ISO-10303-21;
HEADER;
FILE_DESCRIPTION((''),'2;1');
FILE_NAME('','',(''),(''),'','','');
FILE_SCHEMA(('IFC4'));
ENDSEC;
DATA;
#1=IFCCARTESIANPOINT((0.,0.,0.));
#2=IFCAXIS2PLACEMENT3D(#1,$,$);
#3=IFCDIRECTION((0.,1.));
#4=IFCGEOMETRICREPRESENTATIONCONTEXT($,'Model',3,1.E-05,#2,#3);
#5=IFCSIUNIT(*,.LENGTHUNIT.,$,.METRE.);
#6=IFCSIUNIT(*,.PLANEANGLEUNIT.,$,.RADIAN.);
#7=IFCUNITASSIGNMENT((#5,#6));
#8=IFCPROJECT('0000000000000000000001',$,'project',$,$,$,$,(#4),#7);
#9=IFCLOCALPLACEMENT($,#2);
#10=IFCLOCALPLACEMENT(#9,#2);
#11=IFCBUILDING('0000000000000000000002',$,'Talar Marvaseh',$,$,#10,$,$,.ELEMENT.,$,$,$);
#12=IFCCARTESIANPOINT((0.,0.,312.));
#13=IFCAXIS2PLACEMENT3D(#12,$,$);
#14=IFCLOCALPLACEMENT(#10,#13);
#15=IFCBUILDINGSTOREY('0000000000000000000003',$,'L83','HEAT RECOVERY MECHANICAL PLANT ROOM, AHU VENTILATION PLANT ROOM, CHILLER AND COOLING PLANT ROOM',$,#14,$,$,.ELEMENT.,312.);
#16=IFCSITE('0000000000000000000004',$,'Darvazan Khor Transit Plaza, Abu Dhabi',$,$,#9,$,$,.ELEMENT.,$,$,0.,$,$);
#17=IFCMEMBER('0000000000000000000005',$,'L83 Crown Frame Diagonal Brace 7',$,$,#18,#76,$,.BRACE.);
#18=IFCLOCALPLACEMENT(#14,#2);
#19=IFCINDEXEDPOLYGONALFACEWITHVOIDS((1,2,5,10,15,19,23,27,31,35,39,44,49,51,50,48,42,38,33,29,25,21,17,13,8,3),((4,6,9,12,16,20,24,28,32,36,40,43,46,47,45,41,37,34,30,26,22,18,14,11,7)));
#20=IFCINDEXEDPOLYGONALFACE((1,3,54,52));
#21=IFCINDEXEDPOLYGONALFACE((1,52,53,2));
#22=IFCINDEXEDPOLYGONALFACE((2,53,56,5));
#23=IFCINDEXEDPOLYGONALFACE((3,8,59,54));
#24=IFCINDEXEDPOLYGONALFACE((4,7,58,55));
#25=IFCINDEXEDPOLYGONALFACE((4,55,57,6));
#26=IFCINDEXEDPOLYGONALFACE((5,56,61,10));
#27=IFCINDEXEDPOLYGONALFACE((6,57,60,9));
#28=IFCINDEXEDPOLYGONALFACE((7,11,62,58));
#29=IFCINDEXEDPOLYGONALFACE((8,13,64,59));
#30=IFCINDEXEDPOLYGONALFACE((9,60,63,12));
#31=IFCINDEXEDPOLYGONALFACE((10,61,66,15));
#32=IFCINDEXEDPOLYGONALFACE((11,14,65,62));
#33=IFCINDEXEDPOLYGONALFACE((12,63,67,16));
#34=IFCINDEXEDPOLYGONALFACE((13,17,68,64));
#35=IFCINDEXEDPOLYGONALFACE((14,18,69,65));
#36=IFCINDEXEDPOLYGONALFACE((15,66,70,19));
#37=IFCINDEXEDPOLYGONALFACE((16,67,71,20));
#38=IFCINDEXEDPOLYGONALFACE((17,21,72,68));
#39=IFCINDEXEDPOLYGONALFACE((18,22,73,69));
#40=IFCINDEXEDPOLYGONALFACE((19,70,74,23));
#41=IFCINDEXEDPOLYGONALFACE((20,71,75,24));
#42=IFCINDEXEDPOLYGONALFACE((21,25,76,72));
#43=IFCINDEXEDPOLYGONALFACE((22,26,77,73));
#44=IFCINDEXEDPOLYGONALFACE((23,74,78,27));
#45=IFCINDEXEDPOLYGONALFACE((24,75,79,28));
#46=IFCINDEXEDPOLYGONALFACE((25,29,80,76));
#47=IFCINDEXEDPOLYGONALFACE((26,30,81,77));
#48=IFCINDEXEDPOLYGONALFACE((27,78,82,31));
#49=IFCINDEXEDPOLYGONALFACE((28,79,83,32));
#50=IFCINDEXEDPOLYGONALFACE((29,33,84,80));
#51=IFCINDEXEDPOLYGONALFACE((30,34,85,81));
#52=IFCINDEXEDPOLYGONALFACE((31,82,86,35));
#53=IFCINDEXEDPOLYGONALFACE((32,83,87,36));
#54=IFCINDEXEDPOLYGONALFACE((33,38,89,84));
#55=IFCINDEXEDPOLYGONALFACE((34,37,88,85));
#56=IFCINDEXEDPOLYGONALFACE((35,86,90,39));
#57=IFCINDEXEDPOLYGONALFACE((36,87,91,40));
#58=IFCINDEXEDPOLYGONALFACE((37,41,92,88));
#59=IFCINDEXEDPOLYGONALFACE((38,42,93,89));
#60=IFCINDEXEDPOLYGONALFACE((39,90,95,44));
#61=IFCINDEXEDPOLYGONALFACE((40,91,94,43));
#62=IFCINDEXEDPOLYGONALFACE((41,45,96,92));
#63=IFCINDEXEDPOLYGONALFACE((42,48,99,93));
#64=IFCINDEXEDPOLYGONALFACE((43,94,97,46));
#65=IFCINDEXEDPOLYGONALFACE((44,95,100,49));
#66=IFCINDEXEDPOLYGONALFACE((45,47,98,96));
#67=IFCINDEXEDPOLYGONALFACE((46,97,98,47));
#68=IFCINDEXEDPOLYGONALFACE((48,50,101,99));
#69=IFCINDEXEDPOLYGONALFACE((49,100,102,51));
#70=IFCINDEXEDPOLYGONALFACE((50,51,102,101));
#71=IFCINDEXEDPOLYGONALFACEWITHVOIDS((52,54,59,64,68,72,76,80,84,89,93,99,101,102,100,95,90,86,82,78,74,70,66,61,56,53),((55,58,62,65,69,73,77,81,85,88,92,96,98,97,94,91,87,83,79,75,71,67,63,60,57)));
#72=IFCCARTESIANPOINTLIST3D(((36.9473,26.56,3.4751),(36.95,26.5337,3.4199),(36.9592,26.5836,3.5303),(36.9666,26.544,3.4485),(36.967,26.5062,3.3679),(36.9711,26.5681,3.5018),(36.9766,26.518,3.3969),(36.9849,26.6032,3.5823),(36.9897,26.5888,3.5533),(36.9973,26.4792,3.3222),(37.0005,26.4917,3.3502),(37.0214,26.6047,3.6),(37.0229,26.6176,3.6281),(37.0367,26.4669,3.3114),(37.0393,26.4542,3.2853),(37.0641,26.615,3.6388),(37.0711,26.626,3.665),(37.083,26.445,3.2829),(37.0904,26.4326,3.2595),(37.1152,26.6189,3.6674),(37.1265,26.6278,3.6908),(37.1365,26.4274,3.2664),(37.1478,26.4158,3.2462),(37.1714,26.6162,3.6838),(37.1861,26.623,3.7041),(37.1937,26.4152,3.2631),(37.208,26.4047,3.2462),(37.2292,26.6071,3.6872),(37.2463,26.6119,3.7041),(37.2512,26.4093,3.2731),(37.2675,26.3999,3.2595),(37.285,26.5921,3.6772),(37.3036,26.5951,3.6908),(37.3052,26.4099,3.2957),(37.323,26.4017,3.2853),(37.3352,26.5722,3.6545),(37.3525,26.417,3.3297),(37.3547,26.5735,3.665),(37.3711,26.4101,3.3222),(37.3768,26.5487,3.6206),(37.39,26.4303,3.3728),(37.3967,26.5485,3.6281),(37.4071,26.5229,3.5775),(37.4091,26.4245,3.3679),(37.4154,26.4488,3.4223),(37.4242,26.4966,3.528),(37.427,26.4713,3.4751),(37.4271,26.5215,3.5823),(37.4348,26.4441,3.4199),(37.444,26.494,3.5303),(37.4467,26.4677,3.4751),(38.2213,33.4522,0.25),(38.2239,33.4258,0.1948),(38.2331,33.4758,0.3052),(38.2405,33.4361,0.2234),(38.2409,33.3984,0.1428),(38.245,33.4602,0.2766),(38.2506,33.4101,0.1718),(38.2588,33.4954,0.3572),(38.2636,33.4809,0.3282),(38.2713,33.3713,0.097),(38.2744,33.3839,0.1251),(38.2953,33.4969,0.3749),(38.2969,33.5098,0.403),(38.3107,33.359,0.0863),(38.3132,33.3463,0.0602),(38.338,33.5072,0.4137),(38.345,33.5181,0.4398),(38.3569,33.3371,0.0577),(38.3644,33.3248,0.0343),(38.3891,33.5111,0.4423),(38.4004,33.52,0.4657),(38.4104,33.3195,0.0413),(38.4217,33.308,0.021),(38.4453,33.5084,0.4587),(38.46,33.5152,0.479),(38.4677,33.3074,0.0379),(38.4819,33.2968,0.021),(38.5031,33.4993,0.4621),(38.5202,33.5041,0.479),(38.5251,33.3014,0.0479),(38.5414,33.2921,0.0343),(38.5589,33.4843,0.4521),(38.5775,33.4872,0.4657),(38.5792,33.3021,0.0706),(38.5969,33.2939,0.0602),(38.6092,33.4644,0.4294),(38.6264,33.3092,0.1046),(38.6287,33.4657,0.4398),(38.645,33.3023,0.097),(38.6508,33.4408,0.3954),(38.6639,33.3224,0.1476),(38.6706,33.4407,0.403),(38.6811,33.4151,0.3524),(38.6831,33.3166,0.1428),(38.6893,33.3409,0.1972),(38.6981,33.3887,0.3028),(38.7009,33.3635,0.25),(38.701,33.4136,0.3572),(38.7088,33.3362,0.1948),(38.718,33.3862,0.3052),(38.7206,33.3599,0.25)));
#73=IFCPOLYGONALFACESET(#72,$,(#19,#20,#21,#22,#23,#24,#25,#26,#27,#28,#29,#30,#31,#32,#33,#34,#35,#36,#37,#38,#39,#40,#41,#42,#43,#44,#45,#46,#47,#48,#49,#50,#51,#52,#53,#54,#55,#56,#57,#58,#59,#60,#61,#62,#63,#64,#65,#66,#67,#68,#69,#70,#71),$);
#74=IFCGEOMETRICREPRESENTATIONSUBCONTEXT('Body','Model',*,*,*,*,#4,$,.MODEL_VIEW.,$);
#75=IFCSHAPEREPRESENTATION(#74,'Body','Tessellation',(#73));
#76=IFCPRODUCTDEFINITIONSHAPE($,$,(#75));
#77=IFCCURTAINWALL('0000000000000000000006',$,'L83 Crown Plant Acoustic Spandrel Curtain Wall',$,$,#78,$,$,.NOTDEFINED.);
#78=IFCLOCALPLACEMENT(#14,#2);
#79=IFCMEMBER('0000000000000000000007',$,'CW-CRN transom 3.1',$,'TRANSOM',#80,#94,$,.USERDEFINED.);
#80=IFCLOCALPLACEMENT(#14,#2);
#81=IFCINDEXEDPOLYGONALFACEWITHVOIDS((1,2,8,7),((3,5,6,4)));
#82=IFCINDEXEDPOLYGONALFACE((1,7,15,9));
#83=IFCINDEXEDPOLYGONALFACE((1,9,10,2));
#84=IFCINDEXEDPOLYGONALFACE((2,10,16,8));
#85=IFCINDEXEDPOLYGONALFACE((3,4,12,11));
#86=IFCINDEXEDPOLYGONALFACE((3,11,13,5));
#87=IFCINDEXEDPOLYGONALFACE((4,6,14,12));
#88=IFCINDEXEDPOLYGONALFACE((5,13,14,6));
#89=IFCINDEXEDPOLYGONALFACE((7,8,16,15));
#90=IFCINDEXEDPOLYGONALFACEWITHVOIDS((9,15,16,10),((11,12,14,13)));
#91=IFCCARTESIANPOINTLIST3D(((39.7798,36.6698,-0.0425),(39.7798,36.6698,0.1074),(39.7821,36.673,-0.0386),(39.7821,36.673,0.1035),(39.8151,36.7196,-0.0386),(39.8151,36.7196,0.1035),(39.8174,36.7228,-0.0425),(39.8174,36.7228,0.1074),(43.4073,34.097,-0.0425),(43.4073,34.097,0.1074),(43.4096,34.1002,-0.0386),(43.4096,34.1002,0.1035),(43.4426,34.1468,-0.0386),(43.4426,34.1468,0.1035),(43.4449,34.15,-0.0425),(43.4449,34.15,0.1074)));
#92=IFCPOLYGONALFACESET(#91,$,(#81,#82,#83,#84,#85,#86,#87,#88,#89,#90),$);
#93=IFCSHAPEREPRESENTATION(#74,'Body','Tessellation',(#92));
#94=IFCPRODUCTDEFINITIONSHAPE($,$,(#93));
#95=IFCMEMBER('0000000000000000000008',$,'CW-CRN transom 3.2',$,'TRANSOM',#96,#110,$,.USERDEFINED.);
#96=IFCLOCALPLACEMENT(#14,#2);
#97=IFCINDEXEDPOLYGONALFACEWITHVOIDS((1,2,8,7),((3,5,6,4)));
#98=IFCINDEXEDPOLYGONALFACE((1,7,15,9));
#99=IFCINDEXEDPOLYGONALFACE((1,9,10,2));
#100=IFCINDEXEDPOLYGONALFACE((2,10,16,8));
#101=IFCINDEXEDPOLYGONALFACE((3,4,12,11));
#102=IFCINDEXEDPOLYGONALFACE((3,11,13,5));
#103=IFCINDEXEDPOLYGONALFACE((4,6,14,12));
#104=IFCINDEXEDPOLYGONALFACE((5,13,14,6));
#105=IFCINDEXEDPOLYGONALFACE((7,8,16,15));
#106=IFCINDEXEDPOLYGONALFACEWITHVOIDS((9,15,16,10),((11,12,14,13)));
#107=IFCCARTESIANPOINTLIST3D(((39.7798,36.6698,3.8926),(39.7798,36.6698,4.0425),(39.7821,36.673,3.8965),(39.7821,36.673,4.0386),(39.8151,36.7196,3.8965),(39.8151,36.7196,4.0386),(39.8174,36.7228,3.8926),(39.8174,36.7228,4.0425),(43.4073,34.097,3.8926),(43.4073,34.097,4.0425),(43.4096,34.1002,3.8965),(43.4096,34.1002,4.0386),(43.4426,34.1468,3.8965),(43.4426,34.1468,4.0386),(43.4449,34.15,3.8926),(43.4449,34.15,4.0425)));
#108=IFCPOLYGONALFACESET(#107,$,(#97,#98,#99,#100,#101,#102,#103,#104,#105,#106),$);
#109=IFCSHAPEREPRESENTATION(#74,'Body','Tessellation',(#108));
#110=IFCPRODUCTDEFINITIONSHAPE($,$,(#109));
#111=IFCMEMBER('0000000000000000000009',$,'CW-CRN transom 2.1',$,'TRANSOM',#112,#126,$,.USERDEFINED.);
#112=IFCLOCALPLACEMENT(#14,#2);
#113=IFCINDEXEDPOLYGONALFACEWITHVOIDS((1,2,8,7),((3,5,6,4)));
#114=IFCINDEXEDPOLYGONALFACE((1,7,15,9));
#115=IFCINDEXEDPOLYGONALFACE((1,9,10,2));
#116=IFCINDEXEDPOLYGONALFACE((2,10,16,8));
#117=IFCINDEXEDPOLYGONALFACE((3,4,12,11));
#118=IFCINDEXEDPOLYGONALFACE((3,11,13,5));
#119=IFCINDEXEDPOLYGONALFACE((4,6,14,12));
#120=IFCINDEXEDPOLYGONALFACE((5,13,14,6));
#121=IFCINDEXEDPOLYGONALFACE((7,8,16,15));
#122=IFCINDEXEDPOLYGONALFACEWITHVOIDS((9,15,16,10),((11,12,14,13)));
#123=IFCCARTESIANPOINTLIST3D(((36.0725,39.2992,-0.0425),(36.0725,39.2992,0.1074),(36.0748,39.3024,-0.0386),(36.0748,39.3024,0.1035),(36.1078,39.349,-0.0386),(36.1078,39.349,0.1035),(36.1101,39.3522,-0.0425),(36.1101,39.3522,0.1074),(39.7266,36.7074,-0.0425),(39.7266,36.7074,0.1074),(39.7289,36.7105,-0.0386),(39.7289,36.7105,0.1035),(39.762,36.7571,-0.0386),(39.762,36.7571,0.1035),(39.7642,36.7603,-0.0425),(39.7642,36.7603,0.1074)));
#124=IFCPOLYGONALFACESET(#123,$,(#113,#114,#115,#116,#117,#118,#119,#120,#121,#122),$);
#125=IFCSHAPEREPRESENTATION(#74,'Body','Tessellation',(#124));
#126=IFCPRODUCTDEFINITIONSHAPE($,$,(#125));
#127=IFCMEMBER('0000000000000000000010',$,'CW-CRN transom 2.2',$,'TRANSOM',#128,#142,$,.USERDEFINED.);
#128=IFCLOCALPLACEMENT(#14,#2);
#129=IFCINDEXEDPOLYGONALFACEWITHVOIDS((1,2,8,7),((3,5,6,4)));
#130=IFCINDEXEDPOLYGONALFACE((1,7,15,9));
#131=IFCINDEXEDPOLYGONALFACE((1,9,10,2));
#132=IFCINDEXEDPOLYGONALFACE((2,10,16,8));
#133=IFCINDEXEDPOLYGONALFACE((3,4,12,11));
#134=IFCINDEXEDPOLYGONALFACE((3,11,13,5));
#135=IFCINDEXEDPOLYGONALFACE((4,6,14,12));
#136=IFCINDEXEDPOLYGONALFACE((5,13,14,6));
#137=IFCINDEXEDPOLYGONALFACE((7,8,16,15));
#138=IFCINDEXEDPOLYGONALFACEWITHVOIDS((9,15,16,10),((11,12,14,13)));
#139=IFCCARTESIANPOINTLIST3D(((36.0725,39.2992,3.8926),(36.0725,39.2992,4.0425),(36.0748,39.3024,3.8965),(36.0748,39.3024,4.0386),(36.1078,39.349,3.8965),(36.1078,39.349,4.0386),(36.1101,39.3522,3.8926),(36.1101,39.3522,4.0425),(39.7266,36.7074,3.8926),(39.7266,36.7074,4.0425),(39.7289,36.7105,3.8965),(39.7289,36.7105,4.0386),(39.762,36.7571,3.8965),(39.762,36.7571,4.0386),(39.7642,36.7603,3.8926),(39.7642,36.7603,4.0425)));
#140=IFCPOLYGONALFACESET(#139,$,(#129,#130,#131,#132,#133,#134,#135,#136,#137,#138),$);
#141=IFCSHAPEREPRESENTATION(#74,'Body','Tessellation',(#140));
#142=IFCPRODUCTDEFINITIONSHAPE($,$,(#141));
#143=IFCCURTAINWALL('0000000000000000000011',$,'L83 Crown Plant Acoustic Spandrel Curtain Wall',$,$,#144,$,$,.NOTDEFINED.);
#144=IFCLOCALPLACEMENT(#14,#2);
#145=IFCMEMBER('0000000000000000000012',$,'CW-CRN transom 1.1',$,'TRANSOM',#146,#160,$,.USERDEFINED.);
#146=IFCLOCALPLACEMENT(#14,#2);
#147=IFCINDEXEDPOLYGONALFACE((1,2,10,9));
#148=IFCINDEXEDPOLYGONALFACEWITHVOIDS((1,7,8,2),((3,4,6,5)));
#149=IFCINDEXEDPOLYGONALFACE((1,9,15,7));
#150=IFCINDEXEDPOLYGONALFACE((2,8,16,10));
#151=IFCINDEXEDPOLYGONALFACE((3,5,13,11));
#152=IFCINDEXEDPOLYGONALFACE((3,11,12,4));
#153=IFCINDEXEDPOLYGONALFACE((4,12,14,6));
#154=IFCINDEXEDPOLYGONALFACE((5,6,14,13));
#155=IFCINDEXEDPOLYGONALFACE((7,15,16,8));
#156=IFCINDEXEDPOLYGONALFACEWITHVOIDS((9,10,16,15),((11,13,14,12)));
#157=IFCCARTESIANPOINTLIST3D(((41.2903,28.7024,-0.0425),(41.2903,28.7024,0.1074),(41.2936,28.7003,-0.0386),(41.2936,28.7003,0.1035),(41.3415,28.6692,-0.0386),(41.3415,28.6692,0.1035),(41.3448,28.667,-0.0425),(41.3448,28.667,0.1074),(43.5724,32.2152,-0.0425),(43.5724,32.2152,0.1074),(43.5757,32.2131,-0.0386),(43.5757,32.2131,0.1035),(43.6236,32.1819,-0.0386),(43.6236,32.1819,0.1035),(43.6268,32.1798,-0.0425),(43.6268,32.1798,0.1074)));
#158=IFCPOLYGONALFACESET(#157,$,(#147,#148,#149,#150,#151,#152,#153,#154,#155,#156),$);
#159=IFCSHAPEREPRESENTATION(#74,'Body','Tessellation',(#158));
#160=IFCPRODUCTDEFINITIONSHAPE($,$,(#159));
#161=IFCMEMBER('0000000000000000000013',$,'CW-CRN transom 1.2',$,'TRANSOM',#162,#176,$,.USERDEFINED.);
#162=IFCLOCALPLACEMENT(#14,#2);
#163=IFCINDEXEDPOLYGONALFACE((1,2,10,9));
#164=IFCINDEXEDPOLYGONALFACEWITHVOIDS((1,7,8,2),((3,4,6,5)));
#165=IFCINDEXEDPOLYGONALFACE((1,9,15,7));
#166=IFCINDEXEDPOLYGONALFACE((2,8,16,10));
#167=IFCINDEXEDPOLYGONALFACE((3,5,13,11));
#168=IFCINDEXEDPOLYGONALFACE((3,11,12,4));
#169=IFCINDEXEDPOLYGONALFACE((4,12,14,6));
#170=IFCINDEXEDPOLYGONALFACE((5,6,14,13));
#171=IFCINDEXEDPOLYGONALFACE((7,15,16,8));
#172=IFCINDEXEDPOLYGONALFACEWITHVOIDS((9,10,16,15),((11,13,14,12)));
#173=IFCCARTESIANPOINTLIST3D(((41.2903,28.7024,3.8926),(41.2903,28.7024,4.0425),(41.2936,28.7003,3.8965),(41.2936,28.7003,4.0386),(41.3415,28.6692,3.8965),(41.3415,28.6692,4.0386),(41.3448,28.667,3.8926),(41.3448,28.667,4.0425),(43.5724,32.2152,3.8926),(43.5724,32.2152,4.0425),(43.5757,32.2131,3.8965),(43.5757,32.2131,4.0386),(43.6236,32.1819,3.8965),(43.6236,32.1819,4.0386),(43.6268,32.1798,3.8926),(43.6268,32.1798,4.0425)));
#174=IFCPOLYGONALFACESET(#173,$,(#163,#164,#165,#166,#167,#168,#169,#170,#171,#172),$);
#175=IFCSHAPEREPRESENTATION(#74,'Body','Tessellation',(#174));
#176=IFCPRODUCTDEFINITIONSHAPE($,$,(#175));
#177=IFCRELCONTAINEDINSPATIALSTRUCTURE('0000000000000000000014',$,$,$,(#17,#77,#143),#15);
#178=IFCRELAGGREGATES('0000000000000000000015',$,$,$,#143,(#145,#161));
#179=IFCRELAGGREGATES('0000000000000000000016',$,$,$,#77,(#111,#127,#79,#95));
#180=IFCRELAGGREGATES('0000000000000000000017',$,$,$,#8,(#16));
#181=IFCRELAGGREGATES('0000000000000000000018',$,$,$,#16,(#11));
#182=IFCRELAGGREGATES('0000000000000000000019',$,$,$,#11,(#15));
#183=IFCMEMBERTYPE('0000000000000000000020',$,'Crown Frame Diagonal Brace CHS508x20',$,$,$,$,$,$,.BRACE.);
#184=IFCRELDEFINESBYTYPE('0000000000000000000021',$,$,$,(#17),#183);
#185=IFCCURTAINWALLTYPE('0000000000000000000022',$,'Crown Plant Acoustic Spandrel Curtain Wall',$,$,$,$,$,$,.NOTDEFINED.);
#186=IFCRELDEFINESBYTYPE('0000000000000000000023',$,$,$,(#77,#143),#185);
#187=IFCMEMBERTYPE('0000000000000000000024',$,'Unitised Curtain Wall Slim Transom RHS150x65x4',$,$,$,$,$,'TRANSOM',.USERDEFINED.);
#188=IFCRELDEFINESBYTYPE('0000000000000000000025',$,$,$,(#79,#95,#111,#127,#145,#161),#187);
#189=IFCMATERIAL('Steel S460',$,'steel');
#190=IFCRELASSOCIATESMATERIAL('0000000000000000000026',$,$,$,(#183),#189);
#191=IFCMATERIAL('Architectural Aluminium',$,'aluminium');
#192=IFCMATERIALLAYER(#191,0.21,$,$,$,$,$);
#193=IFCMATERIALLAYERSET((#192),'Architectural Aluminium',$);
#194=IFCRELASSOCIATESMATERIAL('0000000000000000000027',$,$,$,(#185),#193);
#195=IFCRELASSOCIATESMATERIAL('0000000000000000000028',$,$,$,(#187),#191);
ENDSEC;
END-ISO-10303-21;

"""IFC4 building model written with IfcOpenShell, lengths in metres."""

from ifc_helpers import new_model, si_unit, direction, frame, origin, origin_2d, place, context, subcontext, project, spatial, hollow_rectangle, hollow_circle, extrude, source, transform, mapped, material, layer, layer_set, material_profile, profile_set, type_object, type_shapes, element, aggregate, save


model = new_model("IFC4")

# Units and contexts
model_context = context("Model", 3, precision=1e-05, world=origin(), true_north=direction((0.0, 1.0)))
body_context = subcontext(model_context, "Body", "Model", "MODEL_VIEW")
ifc_project = project(units=[si_unit("LENGTHUNIT", "METRE"), si_unit("PLANEANGLEUNIT", "RADIAN")], contexts=[model_context])

# Site, building, storey
site_placement = place(None, origin())
site = spatial("IfcSite", under=ifc_project, at=site_placement, Name="Darvazan Khor Transit Plaza, Abu Dhabi", CompositionType="ELEMENT", RefElevation=0.0)
building_placement = place(site_placement, origin())
building = spatial("IfcBuilding", under=site, at=building_placement, Name="Talar Marvaseh", CompositionType="ELEMENT")
storey_placement = place(building_placement, frame((0.0, 0.0, 312.0)))
storey = spatial("IfcBuildingStorey", under=building, at=storey_placement, Name="L83", Description="HEAT RECOVERY MECHANICAL PLANT ROOM, AHU VENTILATION PLANT ROOM, CHILLER AND COOLING PLANT ROOM", CompositionType="ELEMENT", Elevation=312.0)

# Shared definitions
ifc_material_1 = material(Name="Steel S460", Category="steel")

# Member
ifc_material_profile_1 = material_profile(ifc_material_1, hollow_circle(Radius=0.2539, WallThickness=0.02, at=origin_2d()), Name="CHS508x20")
ifc_profile_set_1 = profile_set([ifc_material_profile_1], Name="Steel S460")
member_type_1 = type_object("IfcMemberType", Name="Crown Frame Diagonal Brace CHS508x20", PredefinedType="BRACE", material=ifc_profile_set_1)
shared_shape_1 = source(origin(), body_context, "Body", "SweptSolid", [
    extrude(hollow_circle(Radius=0.2539, WallThickness=0.02, at=origin_2d()), origin(), (0.0, 0.0, 1.0), 7.7153),
])
type_shapes(member_type_1, [shared_shape_1])
member_1_placement = place(storey_placement, frame((38.4709, 33.406, 0.25), z_axis=(-0.165118, -0.893308, 0.418016), x_axis=(0.983343, -0.18176, 0.0)))
element("IfcMember", 1, at=member_1_placement, inside=storey, type_object=member_type_1, Name="L83 Crown Frame Diagonal Brace 7", PredefinedType="BRACE", context=body_context, shape_type="MappedRepresentation", body=[
    mapped(shared_shape_1, transform((0.0, 0.0, 0.0), x_axis=(1.0, 0.0, 0.0), y_axis=(0.0, 1.0, 0.0), z_axis=(0.0, 0.0, 1.0), scale=1.0)),
])

# Curtain walls, members
ifc_material_2 = material(Name="Architectural Aluminium", Category="aluminium")
ifc_layer_1 = layer(ifc_material_2, 0.21)
ifc_layer_set_1 = layer_set([ifc_layer_1], Name="Architectural Aluminium")
curtain_wall_type = type_object("IfcCurtainWallType", Name="Crown Plant Acoustic Spandrel Curtain Wall", PredefinedType="NOTDEFINED", material=ifc_layer_set_1)
curtain_wall_1_placement = place(storey_placement, origin())
curtain_wall_1 = element("IfcCurtainWall", 2, at=curtain_wall_1_placement, inside=storey, type_object=curtain_wall_type, Name="L83 Crown Plant Acoustic Spandrel Curtain Wall", PredefinedType="NOTDEFINED")
ifc_material_profile_2 = material_profile(ifc_material_2, hollow_rectangle(XDim=0.0649, YDim=0.1499, WallThickness=0.0039, at=origin_2d()), Name="RHS150x65x4")
ifc_profile_set_2 = profile_set([ifc_material_profile_2], Name="Architectural Aluminium")
member_type_2 = type_object("IfcMemberType", Name="Unitised Curtain Wall Slim Transom RHS150x65x4", ElementType="TRANSOM", PredefinedType="USERDEFINED", material=ifc_profile_set_2)
shared_shape_2 = source(origin(), body_context, "Body", "SweptSolid", [
    extrude(hollow_rectangle(XDim=0.0649, YDim=0.1499, WallThickness=0.0039, at=origin_2d()), origin(), (0.0, 0.0, 1.0), 4.4473),
])
member_2_placement = place(storey_placement, frame((39.7986, 36.6963, 0.0325), z_axis=(0.815673, -0.578514, 0.0), x_axis=(0.578514, 0.815673, 0.0)))
member_2 = element("IfcMember", 3, at=member_2_placement, type_object=member_type_2, Name="CW-CRN transom 3.1", ObjectType="TRANSOM", PredefinedType="USERDEFINED", context=body_context, shape_type="MappedRepresentation", body=[
    mapped(shared_shape_2, transform((0.0, 0.0, 0.0), x_axis=(1.0, 0.0, 0.0), y_axis=(0.0, 1.0, 0.0), z_axis=(0.0, 0.0, 1.0), scale=1.0)),
])
member_3_placement = place(storey_placement, frame((39.7986, 36.6963, 3.9675), z_axis=(0.815673, -0.578514, 0.0), x_axis=(0.578514, 0.815673, 0.0)))
member_3 = element("IfcMember", 4, at=member_3_placement, type_object=member_type_2, Name="CW-CRN transom 3.2", ObjectType="TRANSOM", PredefinedType="USERDEFINED", context=body_context, shape_type="MappedRepresentation", body=[
    mapped(shared_shape_2, transform((0.0, 0.0, 0.0), x_axis=(1.0, 0.0, 0.0), y_axis=(0.0, 1.0, 0.0), z_axis=(0.0, 0.0, 1.0), scale=1.0)),
])
shared_shape_3 = source(origin(), body_context, "Body", "SweptSolid", [
    extrude(hollow_rectangle(XDim=0.0649, YDim=0.1499, WallThickness=0.0039, at=origin_2d()), origin(), (0.0, 0.0, 1.0), 4.48),
])
member_4_placement = place(storey_placement, frame((36.0913, 39.3257, 0.0325), z_axis=(0.815655, -0.578539, 0.0), x_axis=(0.578539, 0.815655, 0.0)))
member_4 = element("IfcMember", 5, at=member_4_placement, type_object=member_type_2, Name="CW-CRN transom 2.1", ObjectType="TRANSOM", PredefinedType="USERDEFINED", context=body_context, shape_type="MappedRepresentation", body=[
    mapped(shared_shape_3, transform((0.0, 0.0, 0.0), x_axis=(1.0, 0.0, 0.0), y_axis=(0.0, 1.0, 0.0), z_axis=(0.0, 0.0, 1.0), scale=1.0)),
])
member_5_placement = place(storey_placement, frame((36.0913, 39.3257, 3.9675), z_axis=(0.815655, -0.578539, 0.0), x_axis=(0.578539, 0.815655, 0.0)))
member_5 = element("IfcMember", 6, at=member_5_placement, type_object=member_type_2, Name="CW-CRN transom 2.2", ObjectType="TRANSOM", PredefinedType="USERDEFINED", context=body_context, shape_type="MappedRepresentation", body=[
    mapped(shared_shape_3, transform((0.0, 0.0, 0.0), x_axis=(1.0, 0.0, 0.0), y_axis=(0.0, 1.0, 0.0), z_axis=(0.0, 0.0, 1.0), scale=1.0)),
])
curtain_wall_2_placement = place(storey_placement, origin())
curtain_wall_2 = element("IfcCurtainWall", 7, at=curtain_wall_2_placement, inside=storey, type_object=curtain_wall_type, Name="L83 Crown Plant Acoustic Spandrel Curtain Wall", PredefinedType="NOTDEFINED")
shared_shape_4 = source(origin(), body_context, "Body", "SweptSolid", [
    extrude(hollow_rectangle(XDim=0.0649, YDim=0.1499, WallThickness=0.0039, at=origin_2d()), origin(), (0.0, 0.0, 1.0), 4.189),
])
type_shapes(member_type_2, [shared_shape_2, shared_shape_3, shared_shape_4])
member_6_placement = place(storey_placement, frame((43.5996, 32.1975, 0.0325), z_axis=(-0.544775, -0.838582, 0.0), x_axis=(0.838582, -0.544775, 0.0)))
member_6 = element("IfcMember", 8, at=member_6_placement, type_object=member_type_2, Name="CW-CRN transom 1.1", ObjectType="TRANSOM", PredefinedType="USERDEFINED", context=body_context, shape_type="MappedRepresentation", body=[
    mapped(shared_shape_4, transform((0.0, 0.0, 0.0), x_axis=(1.0, 0.0, 0.0), y_axis=(0.0, 1.0, 0.0), z_axis=(0.0, 0.0, 1.0), scale=1.0)),
])
member_7_placement = place(storey_placement, frame((43.5996, 32.1975, 3.9675), z_axis=(-0.544775, -0.838582, 0.0), x_axis=(0.838582, -0.544775, 0.0)))
member_7 = element("IfcMember", 9, at=member_7_placement, type_object=member_type_2, Name="CW-CRN transom 1.2", ObjectType="TRANSOM", PredefinedType="USERDEFINED", context=body_context, shape_type="MappedRepresentation", body=[
    mapped(shared_shape_4, transform((0.0, 0.0, 0.0), x_axis=(1.0, 0.0, 0.0), y_axis=(0.0, 1.0, 0.0), z_axis=(0.0, 0.0, 1.0), scale=1.0)),
])

aggregate(curtain_wall_2, [member_6, member_7])
aggregate(curtain_wall_1, [member_4, member_5, member_2, member_3])

save(model, "model.ifc")
